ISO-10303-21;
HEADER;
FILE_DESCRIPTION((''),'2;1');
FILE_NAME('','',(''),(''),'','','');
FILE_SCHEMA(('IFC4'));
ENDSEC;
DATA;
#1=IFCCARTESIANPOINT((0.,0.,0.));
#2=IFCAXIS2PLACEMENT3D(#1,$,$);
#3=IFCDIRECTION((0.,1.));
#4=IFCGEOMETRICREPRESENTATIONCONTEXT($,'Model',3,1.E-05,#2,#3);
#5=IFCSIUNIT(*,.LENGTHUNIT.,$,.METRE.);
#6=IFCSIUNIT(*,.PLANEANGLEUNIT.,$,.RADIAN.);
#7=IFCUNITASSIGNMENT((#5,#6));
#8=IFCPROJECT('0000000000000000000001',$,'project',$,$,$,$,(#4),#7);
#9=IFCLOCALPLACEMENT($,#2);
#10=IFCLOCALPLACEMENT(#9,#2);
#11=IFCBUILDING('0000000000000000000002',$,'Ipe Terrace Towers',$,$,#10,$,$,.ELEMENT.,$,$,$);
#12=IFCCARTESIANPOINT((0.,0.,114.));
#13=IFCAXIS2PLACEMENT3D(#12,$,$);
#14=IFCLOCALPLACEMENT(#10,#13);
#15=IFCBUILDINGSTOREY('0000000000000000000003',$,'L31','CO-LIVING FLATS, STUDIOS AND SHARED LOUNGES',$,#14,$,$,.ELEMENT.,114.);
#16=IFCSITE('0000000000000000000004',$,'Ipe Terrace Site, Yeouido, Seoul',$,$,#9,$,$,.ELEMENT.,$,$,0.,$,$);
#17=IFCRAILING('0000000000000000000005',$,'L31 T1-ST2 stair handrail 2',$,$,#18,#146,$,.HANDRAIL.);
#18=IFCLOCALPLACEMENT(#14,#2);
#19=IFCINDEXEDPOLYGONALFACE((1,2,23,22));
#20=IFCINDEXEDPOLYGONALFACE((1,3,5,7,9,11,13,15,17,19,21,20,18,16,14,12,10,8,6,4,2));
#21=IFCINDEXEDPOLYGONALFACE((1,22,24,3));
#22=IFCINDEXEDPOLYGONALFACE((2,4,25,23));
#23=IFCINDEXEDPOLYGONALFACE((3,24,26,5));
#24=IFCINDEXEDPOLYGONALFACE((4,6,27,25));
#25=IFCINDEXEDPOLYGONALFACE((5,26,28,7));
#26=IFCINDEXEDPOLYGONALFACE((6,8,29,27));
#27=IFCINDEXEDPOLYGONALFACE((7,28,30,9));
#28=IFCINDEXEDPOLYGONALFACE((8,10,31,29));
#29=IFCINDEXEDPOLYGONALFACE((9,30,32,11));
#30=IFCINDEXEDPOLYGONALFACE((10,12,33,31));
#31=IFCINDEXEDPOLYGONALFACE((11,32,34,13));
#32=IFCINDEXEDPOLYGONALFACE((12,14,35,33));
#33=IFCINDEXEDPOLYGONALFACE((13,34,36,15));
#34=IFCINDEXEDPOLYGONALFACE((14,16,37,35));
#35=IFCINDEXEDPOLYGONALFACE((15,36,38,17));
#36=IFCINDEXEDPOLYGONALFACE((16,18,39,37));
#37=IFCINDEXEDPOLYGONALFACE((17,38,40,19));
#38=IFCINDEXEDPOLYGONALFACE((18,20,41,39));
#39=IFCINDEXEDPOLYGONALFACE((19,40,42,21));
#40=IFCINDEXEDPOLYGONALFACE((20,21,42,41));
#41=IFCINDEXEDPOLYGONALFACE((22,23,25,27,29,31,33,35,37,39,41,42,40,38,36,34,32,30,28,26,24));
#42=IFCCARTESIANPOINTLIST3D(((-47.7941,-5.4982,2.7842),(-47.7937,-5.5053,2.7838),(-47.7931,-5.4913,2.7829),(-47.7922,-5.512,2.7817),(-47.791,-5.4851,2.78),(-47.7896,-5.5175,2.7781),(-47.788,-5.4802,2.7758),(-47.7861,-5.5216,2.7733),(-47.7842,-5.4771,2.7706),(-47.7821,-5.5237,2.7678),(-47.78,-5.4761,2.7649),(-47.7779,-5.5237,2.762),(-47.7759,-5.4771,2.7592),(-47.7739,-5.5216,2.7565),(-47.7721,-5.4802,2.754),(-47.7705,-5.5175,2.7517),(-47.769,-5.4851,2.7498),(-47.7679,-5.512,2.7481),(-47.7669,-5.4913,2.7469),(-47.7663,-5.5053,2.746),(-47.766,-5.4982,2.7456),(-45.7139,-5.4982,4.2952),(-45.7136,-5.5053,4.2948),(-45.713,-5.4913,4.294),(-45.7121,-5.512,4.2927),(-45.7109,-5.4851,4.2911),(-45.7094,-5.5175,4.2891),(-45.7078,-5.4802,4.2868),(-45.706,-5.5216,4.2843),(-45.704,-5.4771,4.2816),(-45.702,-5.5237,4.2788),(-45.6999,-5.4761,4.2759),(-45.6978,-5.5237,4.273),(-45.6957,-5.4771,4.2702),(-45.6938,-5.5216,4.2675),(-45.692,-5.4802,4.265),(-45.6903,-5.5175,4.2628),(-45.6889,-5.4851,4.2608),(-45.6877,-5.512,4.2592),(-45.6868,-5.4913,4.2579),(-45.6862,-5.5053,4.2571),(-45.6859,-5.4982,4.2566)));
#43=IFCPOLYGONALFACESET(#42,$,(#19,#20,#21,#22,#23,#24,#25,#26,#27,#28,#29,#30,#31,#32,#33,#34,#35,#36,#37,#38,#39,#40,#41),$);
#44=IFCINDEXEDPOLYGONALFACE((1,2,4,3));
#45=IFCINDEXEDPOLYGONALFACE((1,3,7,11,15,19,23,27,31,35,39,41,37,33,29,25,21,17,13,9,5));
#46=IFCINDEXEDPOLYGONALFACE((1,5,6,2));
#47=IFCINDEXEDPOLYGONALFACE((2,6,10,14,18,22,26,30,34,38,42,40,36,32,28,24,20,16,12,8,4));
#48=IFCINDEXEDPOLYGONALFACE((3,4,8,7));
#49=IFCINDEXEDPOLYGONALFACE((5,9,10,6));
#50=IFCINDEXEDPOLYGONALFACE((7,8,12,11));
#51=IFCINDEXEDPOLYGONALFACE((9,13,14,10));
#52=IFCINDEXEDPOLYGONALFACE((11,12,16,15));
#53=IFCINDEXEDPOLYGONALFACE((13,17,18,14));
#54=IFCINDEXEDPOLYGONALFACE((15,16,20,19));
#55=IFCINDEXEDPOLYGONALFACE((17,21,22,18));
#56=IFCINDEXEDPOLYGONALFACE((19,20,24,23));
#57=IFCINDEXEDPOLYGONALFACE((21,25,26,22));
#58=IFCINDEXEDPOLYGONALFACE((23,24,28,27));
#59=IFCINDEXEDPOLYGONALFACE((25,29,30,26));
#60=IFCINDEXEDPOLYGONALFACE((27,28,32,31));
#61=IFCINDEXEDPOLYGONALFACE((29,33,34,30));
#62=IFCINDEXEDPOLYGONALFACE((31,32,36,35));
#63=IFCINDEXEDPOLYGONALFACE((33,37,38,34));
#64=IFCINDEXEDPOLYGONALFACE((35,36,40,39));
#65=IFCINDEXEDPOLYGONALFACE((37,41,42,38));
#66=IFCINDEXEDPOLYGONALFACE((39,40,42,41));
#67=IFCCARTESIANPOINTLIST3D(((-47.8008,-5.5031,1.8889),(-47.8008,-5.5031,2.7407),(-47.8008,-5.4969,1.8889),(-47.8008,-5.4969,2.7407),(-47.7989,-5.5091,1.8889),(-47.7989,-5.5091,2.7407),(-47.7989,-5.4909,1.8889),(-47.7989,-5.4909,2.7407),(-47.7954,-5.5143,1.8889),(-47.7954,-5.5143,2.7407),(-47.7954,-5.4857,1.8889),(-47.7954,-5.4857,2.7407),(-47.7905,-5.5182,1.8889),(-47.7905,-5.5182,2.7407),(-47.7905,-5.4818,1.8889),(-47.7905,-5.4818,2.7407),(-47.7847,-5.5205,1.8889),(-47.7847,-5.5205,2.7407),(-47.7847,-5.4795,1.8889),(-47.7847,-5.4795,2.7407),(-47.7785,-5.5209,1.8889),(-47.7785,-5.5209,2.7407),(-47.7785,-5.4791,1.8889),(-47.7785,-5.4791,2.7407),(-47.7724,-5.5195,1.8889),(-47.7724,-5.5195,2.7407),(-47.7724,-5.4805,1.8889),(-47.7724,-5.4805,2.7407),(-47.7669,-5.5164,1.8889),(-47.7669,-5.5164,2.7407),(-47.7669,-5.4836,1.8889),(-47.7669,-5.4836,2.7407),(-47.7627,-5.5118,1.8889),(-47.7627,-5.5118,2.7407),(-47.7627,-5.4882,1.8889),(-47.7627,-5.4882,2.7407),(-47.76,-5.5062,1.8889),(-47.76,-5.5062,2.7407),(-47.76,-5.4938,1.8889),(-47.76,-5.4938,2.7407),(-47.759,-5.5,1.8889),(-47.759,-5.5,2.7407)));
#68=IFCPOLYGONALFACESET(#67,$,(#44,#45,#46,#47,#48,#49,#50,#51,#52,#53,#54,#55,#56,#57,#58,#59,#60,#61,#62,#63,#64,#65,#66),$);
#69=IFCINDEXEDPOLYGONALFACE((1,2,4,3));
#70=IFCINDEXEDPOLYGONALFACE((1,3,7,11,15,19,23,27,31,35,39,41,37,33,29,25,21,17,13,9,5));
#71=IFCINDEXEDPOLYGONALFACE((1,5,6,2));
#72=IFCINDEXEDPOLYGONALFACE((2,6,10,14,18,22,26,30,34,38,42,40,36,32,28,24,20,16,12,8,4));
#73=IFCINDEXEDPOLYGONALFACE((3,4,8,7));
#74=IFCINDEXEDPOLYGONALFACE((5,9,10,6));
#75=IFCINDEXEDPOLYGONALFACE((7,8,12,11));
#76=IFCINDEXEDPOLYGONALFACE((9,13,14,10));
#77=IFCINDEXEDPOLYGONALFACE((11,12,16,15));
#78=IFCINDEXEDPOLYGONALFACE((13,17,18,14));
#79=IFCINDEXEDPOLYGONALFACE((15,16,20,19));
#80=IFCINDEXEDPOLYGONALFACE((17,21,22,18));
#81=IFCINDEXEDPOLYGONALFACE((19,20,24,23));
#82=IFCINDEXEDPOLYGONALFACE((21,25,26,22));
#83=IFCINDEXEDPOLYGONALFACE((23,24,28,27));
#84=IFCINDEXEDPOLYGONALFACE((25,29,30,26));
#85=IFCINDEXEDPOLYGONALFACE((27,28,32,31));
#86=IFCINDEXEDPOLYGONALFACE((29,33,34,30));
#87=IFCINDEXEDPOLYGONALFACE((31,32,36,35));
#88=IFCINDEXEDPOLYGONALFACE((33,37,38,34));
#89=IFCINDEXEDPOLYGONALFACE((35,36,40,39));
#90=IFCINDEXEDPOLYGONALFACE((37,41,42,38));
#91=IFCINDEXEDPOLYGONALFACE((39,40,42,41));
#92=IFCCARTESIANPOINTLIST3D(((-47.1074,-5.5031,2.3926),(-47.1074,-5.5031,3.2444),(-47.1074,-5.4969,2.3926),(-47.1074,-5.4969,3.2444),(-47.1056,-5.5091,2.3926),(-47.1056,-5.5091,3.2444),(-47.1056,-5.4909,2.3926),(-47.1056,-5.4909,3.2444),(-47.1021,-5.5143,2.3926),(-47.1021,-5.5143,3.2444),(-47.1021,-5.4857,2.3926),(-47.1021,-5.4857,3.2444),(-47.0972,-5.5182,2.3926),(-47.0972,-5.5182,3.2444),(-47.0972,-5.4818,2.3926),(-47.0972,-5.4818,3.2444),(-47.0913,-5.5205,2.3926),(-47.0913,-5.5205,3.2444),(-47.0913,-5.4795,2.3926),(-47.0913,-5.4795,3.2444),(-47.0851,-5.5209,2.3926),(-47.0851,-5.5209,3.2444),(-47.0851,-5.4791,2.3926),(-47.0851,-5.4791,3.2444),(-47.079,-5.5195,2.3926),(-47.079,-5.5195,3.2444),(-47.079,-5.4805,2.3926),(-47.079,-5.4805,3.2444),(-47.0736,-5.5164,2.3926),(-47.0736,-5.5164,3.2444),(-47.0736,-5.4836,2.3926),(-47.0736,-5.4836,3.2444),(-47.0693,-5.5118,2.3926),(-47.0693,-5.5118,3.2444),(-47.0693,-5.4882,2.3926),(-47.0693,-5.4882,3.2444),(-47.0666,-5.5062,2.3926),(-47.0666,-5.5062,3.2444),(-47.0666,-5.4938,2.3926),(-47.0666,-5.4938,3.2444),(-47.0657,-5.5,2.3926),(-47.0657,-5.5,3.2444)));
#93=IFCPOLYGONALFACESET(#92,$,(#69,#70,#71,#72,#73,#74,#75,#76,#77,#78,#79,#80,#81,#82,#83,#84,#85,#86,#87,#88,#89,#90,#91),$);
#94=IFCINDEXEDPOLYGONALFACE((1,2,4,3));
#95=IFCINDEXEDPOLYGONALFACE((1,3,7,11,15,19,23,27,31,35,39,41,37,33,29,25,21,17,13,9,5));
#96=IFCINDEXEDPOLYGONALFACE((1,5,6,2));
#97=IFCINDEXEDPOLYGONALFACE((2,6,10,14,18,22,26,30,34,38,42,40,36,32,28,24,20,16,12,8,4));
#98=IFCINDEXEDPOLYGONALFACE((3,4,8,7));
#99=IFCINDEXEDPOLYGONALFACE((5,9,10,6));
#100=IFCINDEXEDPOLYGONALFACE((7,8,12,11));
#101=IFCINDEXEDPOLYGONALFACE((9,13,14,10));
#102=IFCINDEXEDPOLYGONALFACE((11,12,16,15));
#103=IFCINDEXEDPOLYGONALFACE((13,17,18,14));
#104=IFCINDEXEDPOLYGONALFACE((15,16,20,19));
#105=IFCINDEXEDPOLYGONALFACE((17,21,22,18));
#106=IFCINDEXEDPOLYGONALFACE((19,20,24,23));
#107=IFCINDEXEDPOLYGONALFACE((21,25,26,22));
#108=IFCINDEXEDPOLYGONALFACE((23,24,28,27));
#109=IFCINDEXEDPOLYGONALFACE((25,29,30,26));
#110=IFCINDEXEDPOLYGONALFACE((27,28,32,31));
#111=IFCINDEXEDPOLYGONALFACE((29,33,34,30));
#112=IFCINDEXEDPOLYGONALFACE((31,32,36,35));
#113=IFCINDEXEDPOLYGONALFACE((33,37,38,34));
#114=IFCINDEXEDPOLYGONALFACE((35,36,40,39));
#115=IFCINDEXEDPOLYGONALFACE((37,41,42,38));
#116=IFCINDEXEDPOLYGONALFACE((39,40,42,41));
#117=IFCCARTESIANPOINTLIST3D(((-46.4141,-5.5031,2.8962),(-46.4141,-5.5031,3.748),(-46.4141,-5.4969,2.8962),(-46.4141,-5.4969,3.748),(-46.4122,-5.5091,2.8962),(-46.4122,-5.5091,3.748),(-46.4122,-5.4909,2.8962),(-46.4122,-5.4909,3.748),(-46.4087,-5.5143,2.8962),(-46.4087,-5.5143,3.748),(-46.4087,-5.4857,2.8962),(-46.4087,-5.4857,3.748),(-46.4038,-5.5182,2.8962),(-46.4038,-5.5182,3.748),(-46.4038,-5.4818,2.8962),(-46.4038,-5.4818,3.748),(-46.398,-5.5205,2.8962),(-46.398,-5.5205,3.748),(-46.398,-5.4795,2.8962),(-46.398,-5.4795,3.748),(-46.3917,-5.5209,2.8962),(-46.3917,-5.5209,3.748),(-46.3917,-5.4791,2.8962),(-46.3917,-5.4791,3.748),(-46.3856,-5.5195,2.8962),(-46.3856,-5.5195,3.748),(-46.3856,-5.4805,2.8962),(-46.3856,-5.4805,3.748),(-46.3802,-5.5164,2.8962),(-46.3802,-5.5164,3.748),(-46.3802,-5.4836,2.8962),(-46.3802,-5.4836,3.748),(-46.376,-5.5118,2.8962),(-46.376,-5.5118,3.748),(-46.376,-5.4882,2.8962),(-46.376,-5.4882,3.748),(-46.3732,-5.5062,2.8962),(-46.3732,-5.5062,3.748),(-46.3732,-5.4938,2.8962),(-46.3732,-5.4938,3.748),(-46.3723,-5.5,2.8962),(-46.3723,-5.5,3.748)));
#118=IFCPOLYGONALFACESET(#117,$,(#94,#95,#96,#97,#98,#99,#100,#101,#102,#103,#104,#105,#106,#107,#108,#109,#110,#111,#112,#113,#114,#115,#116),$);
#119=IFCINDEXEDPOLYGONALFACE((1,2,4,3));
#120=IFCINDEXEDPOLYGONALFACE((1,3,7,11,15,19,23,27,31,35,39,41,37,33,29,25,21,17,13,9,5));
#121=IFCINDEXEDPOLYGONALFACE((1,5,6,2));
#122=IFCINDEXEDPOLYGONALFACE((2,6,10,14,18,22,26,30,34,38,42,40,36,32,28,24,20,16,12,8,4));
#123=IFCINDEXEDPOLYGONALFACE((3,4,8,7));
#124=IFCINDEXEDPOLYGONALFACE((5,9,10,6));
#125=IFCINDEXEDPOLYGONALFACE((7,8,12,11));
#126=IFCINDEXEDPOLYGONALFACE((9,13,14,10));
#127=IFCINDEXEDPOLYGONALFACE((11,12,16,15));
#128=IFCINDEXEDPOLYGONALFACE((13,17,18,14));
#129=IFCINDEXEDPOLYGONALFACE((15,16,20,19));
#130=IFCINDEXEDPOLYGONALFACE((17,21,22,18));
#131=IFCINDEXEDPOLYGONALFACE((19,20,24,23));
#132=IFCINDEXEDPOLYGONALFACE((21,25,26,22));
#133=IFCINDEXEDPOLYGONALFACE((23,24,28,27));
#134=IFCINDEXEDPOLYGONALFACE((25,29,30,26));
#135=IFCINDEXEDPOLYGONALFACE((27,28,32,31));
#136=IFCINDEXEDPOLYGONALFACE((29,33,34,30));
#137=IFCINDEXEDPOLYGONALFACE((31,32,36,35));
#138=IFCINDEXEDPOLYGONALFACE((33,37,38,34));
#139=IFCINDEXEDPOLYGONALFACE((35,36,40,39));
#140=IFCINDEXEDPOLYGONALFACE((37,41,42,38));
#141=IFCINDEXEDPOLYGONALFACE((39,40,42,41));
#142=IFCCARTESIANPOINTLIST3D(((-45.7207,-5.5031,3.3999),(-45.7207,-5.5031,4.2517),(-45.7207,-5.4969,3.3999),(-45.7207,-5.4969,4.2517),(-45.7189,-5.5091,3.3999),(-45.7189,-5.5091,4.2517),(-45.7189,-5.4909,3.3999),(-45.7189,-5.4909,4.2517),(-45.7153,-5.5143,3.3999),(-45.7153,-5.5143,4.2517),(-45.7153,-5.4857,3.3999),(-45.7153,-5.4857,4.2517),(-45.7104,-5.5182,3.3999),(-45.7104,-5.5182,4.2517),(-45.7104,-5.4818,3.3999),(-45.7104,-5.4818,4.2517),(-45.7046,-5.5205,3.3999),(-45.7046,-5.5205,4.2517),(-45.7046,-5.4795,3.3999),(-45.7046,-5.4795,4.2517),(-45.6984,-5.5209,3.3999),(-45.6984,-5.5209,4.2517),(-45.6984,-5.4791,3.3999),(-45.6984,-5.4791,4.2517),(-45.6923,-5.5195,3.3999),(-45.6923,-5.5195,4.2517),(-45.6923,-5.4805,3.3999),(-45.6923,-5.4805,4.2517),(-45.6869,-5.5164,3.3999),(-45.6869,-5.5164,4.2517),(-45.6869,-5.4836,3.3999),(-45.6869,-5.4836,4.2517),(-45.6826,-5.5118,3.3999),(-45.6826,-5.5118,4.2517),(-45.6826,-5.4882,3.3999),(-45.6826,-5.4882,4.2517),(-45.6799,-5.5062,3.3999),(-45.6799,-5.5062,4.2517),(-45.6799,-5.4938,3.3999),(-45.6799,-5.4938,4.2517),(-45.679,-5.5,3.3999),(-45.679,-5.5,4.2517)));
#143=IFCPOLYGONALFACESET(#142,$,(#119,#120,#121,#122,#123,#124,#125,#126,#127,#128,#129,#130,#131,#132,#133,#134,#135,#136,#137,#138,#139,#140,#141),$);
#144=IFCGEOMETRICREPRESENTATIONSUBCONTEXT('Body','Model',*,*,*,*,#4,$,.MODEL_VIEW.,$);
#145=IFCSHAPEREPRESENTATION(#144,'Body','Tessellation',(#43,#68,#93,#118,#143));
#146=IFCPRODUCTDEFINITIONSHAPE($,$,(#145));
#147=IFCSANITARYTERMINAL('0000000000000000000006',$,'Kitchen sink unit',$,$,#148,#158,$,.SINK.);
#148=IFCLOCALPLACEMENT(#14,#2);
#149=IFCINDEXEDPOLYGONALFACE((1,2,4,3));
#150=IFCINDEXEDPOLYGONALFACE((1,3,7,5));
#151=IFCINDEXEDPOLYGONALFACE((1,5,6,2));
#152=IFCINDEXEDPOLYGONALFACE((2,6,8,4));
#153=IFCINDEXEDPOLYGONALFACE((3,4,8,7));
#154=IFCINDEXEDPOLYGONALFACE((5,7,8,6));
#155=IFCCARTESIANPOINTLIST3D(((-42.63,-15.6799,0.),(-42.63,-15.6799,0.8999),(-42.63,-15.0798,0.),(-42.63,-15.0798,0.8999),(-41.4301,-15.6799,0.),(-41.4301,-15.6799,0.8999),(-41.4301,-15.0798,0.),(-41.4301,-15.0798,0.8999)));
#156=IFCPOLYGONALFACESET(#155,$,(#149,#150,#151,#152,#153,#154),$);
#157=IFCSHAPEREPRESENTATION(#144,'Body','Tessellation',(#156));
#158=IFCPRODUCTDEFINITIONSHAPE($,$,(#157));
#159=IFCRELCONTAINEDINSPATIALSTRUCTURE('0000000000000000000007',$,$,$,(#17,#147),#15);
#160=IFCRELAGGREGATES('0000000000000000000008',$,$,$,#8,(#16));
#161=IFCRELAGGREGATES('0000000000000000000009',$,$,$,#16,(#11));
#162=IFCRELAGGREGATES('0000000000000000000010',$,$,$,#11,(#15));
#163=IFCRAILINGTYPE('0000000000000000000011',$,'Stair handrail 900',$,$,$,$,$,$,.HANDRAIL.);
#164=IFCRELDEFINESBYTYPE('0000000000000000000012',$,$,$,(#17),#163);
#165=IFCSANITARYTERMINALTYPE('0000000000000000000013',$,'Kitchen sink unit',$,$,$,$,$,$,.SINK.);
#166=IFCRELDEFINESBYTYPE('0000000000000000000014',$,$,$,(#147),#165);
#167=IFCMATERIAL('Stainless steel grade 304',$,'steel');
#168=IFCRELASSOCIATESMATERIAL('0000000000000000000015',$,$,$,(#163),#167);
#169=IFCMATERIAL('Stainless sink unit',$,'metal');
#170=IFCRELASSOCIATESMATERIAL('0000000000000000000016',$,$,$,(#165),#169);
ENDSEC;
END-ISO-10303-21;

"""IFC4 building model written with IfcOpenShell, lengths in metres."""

from ifc_helpers import new_model, si_unit, direction, frame, origin, origin_2d, place, context, subcontext, project, spatial, rectangle, circle, extrude, material, type_object, element, save


model = new_model("IFC4")

# Units and contexts
model_context = context("Model", 3, precision=1e-05, world=origin(), true_north=direction((0.0, 1.0)))
body_context = subcontext(model_context, "Body", "Model", "MODEL_VIEW")
ifc_project = project(units=[si_unit("LENGTHUNIT", "METRE"), si_unit("PLANEANGLEUNIT", "RADIAN")], contexts=[model_context])

# Site, building, storey
site_placement = place(None, origin())
site = spatial("IfcSite", under=ifc_project, at=site_placement, Name="Ipe Terrace Site, Yeouido, Seoul", CompositionType="ELEMENT", RefElevation=0.0)
building_placement = place(site_placement, origin())
building = spatial("IfcBuilding", under=site, at=building_placement, Name="Ipe Terrace Towers", CompositionType="ELEMENT")
storey_placement = place(building_placement, frame((0.0, 0.0, 114.0)))
storey = spatial("IfcBuildingStorey", under=building, at=storey_placement, Name="L31", Description="CO-LIVING FLATS, STUDIOS AND SHARED LOUNGES", CompositionType="ELEMENT", Elevation=114.0)

# Railing
ifc_material_1 = material(Name="Stainless steel grade 304", Category="steel")
railing_type_1 = type_object("IfcRailingType", Name="Stair handrail 900", PredefinedType="HANDRAIL", material=ifc_material_1)
railing_1_placement = place(storey_placement, frame((-47.78, -5.5, 1.8889)))
element("IfcRailing", 1, at=railing_1_placement, inside=storey, type_object=railing_type_1, Name="L31 T1-ST2 stair handrail 2", PredefinedType="HANDRAIL", context=body_context, shape_type="SweptSolid", body=[
    extrude(circle(Radius=0.0239, at=origin_2d()), frame((0.0, 0.0, 0.876), z_axis=(0.809069, 0.0, 0.587714), x_axis=(0.0, 1.0, 0.0)), (0.0, 0.0, 1.0), 2.571),
    extrude(circle(Radius=0.021, at=origin_2d()), origin(), (0.0, 0.0, 1.0), 0.8518),
    extrude(circle(Radius=0.021, at=origin_2d()), frame((0.6934, 0.0, 0.5037)), (0.0, 0.0, 1.0), 0.8518),
    extrude(circle(Radius=0.021, at=origin_2d()), frame((1.3867, 0.0, 1.0073)), (0.0, 0.0, 1.0), 0.8518),
    extrude(circle(Radius=0.021, at=origin_2d()), frame((2.0801, 0.0, 1.511)), (0.0, 0.0, 1.0), 0.8518),
])

# Sanitary terminal
ifc_material_2 = material(Name="Stainless sink unit", Category="metal")
sanitary_terminal_type = type_object("IfcSanitaryTerminalType", Name="Kitchen sink unit", PredefinedType="SINK", material=ifc_material_2)
sanitary_terminal_placement = place(storey_placement, frame((-42.03, -15.3799, 0.0), z_axis=(0.0, 0.0, 1.0), x_axis=(-1.0, 0.0, 0.0)))
element("IfcSanitaryTerminal", 2, at=sanitary_terminal_placement, inside=storey, type_object=sanitary_terminal_type, Name="Kitchen sink unit", PredefinedType="SINK", context=body_context, shape_type="SweptSolid", body=[
    extrude(rectangle(XDim=1.2, YDim=0.6001, at=origin_2d()), origin(), (0.0, 0.0, 1.0), 0.8999),
])

save(model, "model.ifc")
